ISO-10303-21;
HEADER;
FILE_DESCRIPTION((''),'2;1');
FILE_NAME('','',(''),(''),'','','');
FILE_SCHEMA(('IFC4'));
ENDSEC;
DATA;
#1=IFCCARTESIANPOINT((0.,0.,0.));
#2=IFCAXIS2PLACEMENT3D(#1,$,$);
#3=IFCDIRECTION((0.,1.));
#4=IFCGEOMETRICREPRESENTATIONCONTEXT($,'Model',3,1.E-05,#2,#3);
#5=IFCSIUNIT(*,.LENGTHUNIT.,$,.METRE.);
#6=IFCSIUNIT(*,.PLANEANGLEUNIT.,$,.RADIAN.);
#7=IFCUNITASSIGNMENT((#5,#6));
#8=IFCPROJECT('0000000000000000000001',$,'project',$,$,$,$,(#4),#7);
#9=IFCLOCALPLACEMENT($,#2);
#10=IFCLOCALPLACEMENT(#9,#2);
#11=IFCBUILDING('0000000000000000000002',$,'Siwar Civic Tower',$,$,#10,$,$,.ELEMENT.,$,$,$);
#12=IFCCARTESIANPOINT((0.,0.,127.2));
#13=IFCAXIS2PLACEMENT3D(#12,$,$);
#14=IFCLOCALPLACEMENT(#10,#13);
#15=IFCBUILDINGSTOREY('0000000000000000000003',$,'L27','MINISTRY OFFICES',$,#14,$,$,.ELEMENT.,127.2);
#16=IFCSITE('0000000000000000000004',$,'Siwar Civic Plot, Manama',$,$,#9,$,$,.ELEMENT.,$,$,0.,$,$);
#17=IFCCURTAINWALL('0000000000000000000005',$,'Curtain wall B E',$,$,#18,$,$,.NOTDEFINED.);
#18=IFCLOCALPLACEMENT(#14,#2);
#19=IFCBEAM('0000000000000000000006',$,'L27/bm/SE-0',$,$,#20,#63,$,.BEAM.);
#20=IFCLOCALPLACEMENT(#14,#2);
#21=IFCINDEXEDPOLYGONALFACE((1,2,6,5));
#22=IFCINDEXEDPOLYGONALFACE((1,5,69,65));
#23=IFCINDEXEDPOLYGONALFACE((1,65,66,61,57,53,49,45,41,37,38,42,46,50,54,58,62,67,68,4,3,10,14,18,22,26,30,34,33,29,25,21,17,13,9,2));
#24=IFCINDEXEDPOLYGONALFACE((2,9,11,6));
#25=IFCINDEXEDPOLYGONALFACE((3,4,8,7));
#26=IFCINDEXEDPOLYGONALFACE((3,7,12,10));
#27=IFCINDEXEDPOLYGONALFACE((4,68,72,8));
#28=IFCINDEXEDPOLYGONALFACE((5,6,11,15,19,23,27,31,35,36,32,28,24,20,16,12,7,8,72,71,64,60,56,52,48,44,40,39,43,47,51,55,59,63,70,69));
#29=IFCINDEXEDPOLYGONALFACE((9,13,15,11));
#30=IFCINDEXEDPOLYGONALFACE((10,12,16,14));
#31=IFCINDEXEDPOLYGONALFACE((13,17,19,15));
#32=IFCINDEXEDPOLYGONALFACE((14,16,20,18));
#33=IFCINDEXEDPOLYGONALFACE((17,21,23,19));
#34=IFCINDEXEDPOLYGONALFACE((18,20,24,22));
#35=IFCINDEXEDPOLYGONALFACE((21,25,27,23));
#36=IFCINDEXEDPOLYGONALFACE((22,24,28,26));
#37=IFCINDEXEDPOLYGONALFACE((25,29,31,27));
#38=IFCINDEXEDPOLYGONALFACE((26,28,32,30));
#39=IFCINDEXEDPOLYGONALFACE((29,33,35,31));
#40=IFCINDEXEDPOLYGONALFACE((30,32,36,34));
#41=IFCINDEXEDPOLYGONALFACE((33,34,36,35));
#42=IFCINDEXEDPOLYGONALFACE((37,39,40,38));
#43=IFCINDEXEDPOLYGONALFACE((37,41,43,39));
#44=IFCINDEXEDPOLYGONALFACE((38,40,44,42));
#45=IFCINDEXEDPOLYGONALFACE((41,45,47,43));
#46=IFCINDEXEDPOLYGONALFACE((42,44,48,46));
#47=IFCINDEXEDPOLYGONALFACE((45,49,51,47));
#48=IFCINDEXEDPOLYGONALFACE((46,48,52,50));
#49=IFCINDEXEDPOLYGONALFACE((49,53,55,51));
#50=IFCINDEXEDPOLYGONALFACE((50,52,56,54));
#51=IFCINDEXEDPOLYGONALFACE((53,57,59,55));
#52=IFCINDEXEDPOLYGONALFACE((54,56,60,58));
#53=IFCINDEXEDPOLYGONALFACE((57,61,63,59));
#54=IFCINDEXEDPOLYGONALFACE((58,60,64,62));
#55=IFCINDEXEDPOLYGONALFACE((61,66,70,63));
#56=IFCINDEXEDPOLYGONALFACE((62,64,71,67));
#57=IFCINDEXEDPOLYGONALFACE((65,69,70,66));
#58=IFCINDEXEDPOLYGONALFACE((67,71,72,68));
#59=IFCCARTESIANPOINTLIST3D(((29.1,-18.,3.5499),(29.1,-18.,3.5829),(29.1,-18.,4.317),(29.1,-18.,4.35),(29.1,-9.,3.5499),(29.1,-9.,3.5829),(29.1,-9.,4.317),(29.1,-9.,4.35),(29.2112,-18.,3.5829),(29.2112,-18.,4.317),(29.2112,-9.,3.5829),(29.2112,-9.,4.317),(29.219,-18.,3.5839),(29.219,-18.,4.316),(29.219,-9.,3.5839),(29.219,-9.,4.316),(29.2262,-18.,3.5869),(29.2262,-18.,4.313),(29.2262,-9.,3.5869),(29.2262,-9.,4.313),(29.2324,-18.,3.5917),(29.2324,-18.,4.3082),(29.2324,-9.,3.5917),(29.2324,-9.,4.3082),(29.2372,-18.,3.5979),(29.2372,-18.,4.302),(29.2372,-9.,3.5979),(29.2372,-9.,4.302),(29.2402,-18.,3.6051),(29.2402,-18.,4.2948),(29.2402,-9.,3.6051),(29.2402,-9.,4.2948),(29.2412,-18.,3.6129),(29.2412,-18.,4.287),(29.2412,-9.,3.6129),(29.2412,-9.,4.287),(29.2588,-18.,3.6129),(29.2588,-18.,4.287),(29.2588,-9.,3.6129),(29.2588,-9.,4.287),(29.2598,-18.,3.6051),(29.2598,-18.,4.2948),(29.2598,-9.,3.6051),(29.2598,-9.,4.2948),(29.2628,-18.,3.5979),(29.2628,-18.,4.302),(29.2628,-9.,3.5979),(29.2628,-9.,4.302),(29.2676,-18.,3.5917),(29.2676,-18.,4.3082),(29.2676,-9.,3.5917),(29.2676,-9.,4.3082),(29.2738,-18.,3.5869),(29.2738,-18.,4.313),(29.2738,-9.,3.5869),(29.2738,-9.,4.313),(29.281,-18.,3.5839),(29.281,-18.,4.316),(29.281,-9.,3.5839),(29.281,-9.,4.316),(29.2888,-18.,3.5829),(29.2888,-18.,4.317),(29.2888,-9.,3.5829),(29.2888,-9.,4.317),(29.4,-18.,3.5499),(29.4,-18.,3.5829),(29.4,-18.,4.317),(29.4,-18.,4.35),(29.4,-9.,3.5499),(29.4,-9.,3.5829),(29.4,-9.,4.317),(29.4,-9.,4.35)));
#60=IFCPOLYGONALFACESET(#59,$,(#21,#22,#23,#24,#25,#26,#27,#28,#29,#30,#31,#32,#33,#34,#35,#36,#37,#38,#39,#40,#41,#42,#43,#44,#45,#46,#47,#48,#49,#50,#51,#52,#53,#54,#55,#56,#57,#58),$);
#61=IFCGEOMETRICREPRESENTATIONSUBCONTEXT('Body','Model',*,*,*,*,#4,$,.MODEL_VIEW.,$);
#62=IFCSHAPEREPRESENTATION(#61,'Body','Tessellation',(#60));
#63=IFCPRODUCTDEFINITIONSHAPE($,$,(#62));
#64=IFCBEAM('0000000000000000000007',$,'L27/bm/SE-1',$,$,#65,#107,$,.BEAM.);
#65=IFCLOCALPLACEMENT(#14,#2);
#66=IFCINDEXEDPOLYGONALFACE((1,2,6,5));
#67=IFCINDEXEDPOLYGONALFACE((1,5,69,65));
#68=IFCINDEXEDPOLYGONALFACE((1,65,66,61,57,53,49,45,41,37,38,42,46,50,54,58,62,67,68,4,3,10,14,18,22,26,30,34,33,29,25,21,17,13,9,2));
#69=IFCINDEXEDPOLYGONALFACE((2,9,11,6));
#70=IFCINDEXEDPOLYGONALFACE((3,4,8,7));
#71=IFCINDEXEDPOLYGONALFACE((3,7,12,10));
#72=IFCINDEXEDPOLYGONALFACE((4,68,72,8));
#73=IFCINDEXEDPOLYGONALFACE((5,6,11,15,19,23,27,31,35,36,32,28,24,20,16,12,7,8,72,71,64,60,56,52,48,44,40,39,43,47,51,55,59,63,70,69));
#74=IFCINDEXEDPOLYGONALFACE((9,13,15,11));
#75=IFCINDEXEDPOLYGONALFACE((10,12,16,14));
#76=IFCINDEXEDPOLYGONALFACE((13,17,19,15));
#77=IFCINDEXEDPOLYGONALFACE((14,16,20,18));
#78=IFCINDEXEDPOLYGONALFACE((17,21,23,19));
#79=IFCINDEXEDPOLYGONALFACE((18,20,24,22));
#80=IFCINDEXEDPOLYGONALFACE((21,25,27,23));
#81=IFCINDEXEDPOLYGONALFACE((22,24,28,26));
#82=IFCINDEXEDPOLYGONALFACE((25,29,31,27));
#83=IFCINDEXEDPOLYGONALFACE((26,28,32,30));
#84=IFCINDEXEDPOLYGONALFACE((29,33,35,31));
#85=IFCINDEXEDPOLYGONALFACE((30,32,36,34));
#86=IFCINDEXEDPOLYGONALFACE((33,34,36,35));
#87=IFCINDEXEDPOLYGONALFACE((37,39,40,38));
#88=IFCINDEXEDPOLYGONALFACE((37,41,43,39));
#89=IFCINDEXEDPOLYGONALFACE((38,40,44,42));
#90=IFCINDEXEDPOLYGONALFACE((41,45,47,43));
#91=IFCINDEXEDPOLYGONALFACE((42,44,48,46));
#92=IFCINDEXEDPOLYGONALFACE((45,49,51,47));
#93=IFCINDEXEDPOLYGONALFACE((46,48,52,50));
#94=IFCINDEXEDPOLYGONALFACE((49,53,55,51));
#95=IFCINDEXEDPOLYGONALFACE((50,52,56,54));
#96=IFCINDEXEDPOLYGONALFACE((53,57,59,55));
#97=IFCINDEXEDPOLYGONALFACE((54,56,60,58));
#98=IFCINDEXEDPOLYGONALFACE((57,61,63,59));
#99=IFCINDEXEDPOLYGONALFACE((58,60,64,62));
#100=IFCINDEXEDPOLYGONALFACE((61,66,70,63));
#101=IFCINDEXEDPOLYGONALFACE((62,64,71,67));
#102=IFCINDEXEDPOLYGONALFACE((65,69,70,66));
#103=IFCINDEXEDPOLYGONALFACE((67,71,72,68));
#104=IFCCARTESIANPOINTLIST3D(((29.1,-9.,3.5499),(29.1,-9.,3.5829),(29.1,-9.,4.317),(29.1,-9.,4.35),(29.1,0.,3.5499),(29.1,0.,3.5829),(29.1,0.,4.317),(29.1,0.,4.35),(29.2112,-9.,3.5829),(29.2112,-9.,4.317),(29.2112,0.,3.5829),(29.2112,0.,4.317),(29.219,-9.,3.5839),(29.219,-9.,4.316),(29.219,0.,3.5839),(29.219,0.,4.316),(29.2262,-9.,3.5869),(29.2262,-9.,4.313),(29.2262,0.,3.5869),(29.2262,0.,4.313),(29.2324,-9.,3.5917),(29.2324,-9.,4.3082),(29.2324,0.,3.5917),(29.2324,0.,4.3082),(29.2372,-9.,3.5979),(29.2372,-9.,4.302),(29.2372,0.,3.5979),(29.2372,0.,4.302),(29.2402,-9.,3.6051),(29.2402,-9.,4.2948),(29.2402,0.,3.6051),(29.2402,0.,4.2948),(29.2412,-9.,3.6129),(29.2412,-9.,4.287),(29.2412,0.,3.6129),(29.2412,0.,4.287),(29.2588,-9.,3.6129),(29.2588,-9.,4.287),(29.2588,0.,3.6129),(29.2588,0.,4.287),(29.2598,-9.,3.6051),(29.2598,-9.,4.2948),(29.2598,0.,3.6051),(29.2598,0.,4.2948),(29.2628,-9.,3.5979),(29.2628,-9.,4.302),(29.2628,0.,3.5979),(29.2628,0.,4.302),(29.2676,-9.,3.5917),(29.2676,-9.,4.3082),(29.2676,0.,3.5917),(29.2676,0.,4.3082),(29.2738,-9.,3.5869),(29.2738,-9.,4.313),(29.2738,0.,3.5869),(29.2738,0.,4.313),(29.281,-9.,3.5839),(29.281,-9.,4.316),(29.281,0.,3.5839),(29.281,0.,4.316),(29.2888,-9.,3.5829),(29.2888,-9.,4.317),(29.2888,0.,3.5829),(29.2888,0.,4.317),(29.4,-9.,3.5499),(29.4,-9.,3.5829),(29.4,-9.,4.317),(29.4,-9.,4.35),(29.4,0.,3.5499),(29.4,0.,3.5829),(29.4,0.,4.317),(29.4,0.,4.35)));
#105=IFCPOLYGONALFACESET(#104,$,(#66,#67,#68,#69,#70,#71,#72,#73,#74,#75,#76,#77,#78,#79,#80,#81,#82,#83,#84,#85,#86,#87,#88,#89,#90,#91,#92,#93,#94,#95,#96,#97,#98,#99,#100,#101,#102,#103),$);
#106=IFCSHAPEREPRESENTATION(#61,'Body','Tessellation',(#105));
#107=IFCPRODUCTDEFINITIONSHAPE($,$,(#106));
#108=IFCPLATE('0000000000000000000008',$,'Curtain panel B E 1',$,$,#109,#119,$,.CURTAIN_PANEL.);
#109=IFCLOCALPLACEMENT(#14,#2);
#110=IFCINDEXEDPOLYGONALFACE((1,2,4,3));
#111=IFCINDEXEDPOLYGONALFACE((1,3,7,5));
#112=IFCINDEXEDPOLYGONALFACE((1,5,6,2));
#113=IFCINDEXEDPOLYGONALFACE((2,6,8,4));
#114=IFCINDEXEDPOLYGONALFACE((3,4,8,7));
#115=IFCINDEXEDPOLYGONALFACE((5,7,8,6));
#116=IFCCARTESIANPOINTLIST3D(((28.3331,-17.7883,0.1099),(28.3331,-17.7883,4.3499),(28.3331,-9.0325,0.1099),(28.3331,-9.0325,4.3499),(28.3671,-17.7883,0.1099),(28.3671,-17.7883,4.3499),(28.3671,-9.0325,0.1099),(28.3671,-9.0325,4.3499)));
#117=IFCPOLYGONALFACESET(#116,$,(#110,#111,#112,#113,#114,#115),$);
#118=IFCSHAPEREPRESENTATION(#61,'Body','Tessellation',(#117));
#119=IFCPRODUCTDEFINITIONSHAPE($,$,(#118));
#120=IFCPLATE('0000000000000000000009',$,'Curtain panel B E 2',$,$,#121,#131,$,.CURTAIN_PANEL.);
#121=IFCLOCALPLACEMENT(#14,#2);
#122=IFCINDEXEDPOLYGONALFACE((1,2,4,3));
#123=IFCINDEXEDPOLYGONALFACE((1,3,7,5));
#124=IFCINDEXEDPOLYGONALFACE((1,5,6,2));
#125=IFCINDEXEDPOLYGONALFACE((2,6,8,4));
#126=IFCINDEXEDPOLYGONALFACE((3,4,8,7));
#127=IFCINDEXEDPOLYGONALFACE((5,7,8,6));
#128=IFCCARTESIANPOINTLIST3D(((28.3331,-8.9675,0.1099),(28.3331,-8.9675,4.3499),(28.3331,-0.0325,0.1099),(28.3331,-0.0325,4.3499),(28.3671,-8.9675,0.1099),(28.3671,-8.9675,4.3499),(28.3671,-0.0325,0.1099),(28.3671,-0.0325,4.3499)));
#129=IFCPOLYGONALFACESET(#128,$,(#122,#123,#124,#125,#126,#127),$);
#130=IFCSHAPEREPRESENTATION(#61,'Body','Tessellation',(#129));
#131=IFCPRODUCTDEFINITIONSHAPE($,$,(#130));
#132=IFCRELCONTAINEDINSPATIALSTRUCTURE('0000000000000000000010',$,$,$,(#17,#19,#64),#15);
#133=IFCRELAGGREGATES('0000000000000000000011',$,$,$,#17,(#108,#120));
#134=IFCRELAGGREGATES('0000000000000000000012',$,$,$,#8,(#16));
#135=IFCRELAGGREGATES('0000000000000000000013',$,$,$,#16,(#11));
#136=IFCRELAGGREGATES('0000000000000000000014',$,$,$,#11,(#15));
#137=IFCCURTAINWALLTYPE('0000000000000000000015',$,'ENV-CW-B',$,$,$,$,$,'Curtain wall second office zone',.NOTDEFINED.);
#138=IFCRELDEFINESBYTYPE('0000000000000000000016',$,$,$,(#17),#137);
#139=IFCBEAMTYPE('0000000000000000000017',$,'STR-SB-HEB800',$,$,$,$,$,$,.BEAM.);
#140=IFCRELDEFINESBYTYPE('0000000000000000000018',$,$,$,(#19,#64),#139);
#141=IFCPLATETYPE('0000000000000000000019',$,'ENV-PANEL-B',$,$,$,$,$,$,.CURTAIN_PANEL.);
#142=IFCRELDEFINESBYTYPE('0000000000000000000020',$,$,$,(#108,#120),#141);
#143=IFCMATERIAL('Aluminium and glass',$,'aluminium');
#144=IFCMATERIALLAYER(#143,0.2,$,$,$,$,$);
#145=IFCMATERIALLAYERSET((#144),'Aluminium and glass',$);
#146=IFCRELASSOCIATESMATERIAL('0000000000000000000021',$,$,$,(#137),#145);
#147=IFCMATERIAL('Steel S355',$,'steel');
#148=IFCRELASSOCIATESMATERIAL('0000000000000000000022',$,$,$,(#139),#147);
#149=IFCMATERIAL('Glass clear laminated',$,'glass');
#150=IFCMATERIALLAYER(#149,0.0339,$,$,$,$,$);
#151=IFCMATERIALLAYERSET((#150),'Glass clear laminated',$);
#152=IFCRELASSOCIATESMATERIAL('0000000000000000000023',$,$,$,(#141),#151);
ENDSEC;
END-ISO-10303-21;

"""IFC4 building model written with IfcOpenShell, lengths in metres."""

from ifc_helpers import new_model, si_unit, direction, frame, origin, origin_2d, place, context, subcontext, project, spatial, rectangle, i_section, extrude, material, layer, layer_set, material_profile, profile_set, type_object, element, aggregate, save


model = new_model("IFC4")

# Units and contexts
model_context = context("Model", 3, precision=1e-05, world=origin(), true_north=direction((0.0, 1.0)))
body_context = subcontext(model_context, "Body", "Model", "MODEL_VIEW")
ifc_project = project(units=[si_unit("LENGTHUNIT", "METRE"), si_unit("PLANEANGLEUNIT", "RADIAN")], contexts=[model_context])

# Site, building, storey
site_placement = place(None, origin())
site = spatial("IfcSite", under=ifc_project, at=site_placement, Name="Siwar Civic Plot, Manama", CompositionType="ELEMENT", RefElevation=0.0)
building_placement = place(site_placement, origin())
building = spatial("IfcBuilding", under=site, at=building_placement, Name="Siwar Civic Tower", CompositionType="ELEMENT")
storey_placement = place(building_placement, frame((0.0, 0.0, 127.2)))
storey = spatial("IfcBuildingStorey", under=building, at=storey_placement, Name="L27", Description="MINISTRY OFFICES", CompositionType="ELEMENT", Elevation=127.2)

# Curtain wall
ifc_material_1 = material(Name="Aluminium and glass", Category="aluminium")
ifc_layer_1 = layer(ifc_material_1, 0.2)
ifc_layer_set_1 = layer_set([ifc_layer_1], Name="Aluminium and glass")
curtain_wall_type = type_object("IfcCurtainWallType", Name="ENV-CW-B", ElementType="Curtain wall second office zone", PredefinedType="NOTDEFINED", material=ifc_layer_set_1)
curtain_wall_placement = place(storey_placement, origin())
curtain_wall = element("IfcCurtainWall", 1, at=curtain_wall_placement, inside=storey, type_object=curtain_wall_type, Name="Curtain wall B E", PredefinedType="NOTDEFINED")

# Beams
ifc_material_2 = material(Name="Steel S355", Category="steel")
ifc_material_profile_1 = material_profile(ifc_material_2, i_section(OverallWidth=0.3, OverallDepth=0.8, WebThickness=0.0176, FlangeThickness=0.033, FilletRadius=0.03, at=origin_2d()), Name="HEB800")
ifc_profile_set_1 = profile_set([ifc_material_profile_1], Name="Steel S355")
beam_type_1 = type_object("IfcBeamType", Name="STR-SB-HEB800", PredefinedType="BEAM", material=ifc_profile_set_1)
for number, where, z_axis, x_axis, name in (
    (2, (29.25, -18.0, 3.95), (0.0, 1.0, 0.0), (-1.0, 0.0, 0.0), "L27/bm/SE-0"),
    (3, (29.25, -9.0, 3.95), (0.0, 1.0, 0.0), (-1.0, 0.0, 0.0), "L27/bm/SE-1"),
):
    element("IfcBeam", number, at=place(storey_placement, frame(where, z_axis=z_axis, x_axis=x_axis)), inside=storey, type_object=beam_type_1, Name=name, PredefinedType="BEAM", context=body_context, shape_type="SweptSolid", body=[
        extrude(i_section(OverallWidth=0.3, OverallDepth=0.8, WebThickness=0.0176, FlangeThickness=0.033, FilletRadius=0.03, at=origin_2d()), origin(), (0.0, 0.0, 1.0), 9.0),
    ])

# Plates
ifc_material_3 = material(Name="Glass clear laminated", Category="glass")
ifc_layer_2 = layer(ifc_material_3, 0.0339)
ifc_layer_set_2 = layer_set([ifc_layer_2], Name="Glass clear laminated")
plate_type = type_object("IfcPlateType", Name="ENV-PANEL-B", PredefinedType="CURTAIN_PANEL", material=ifc_layer_set_2)
plate_1_placement = place(storey_placement, frame((28.3501, -13.4104, 0.1099), z_axis=(0.0, 0.0, 1.0), x_axis=(0.0, 1.0, 0.0)))
plate_1 = element("IfcPlate", 4, at=plate_1_placement, type_object=plate_type, Name="Curtain panel B E 1", PredefinedType="CURTAIN_PANEL", context=body_context, shape_type="SweptSolid", body=[
    extrude(rectangle(XDim=8.7559, YDim=0.0339, at=origin_2d()), origin(), (0.0, 0.0, 1.0), 4.24),
])
plate_2_placement = place(storey_placement, frame((28.3501, -4.5, 0.1099), z_axis=(0.0, 0.0, 1.0), x_axis=(0.0, 1.0, 0.0)))
plate_2 = element("IfcPlate", 5, at=plate_2_placement, type_object=plate_type, Name="Curtain panel B E 2", PredefinedType="CURTAIN_PANEL", context=body_context, shape_type="SweptSolid", body=[
    extrude(rectangle(XDim=8.9351, YDim=0.0339, at=origin_2d()), origin(), (0.0, 0.0, 1.0), 4.24),
])
aggregate(curtain_wall, [plate_1, plate_2])

save(model, "model.ifc")
